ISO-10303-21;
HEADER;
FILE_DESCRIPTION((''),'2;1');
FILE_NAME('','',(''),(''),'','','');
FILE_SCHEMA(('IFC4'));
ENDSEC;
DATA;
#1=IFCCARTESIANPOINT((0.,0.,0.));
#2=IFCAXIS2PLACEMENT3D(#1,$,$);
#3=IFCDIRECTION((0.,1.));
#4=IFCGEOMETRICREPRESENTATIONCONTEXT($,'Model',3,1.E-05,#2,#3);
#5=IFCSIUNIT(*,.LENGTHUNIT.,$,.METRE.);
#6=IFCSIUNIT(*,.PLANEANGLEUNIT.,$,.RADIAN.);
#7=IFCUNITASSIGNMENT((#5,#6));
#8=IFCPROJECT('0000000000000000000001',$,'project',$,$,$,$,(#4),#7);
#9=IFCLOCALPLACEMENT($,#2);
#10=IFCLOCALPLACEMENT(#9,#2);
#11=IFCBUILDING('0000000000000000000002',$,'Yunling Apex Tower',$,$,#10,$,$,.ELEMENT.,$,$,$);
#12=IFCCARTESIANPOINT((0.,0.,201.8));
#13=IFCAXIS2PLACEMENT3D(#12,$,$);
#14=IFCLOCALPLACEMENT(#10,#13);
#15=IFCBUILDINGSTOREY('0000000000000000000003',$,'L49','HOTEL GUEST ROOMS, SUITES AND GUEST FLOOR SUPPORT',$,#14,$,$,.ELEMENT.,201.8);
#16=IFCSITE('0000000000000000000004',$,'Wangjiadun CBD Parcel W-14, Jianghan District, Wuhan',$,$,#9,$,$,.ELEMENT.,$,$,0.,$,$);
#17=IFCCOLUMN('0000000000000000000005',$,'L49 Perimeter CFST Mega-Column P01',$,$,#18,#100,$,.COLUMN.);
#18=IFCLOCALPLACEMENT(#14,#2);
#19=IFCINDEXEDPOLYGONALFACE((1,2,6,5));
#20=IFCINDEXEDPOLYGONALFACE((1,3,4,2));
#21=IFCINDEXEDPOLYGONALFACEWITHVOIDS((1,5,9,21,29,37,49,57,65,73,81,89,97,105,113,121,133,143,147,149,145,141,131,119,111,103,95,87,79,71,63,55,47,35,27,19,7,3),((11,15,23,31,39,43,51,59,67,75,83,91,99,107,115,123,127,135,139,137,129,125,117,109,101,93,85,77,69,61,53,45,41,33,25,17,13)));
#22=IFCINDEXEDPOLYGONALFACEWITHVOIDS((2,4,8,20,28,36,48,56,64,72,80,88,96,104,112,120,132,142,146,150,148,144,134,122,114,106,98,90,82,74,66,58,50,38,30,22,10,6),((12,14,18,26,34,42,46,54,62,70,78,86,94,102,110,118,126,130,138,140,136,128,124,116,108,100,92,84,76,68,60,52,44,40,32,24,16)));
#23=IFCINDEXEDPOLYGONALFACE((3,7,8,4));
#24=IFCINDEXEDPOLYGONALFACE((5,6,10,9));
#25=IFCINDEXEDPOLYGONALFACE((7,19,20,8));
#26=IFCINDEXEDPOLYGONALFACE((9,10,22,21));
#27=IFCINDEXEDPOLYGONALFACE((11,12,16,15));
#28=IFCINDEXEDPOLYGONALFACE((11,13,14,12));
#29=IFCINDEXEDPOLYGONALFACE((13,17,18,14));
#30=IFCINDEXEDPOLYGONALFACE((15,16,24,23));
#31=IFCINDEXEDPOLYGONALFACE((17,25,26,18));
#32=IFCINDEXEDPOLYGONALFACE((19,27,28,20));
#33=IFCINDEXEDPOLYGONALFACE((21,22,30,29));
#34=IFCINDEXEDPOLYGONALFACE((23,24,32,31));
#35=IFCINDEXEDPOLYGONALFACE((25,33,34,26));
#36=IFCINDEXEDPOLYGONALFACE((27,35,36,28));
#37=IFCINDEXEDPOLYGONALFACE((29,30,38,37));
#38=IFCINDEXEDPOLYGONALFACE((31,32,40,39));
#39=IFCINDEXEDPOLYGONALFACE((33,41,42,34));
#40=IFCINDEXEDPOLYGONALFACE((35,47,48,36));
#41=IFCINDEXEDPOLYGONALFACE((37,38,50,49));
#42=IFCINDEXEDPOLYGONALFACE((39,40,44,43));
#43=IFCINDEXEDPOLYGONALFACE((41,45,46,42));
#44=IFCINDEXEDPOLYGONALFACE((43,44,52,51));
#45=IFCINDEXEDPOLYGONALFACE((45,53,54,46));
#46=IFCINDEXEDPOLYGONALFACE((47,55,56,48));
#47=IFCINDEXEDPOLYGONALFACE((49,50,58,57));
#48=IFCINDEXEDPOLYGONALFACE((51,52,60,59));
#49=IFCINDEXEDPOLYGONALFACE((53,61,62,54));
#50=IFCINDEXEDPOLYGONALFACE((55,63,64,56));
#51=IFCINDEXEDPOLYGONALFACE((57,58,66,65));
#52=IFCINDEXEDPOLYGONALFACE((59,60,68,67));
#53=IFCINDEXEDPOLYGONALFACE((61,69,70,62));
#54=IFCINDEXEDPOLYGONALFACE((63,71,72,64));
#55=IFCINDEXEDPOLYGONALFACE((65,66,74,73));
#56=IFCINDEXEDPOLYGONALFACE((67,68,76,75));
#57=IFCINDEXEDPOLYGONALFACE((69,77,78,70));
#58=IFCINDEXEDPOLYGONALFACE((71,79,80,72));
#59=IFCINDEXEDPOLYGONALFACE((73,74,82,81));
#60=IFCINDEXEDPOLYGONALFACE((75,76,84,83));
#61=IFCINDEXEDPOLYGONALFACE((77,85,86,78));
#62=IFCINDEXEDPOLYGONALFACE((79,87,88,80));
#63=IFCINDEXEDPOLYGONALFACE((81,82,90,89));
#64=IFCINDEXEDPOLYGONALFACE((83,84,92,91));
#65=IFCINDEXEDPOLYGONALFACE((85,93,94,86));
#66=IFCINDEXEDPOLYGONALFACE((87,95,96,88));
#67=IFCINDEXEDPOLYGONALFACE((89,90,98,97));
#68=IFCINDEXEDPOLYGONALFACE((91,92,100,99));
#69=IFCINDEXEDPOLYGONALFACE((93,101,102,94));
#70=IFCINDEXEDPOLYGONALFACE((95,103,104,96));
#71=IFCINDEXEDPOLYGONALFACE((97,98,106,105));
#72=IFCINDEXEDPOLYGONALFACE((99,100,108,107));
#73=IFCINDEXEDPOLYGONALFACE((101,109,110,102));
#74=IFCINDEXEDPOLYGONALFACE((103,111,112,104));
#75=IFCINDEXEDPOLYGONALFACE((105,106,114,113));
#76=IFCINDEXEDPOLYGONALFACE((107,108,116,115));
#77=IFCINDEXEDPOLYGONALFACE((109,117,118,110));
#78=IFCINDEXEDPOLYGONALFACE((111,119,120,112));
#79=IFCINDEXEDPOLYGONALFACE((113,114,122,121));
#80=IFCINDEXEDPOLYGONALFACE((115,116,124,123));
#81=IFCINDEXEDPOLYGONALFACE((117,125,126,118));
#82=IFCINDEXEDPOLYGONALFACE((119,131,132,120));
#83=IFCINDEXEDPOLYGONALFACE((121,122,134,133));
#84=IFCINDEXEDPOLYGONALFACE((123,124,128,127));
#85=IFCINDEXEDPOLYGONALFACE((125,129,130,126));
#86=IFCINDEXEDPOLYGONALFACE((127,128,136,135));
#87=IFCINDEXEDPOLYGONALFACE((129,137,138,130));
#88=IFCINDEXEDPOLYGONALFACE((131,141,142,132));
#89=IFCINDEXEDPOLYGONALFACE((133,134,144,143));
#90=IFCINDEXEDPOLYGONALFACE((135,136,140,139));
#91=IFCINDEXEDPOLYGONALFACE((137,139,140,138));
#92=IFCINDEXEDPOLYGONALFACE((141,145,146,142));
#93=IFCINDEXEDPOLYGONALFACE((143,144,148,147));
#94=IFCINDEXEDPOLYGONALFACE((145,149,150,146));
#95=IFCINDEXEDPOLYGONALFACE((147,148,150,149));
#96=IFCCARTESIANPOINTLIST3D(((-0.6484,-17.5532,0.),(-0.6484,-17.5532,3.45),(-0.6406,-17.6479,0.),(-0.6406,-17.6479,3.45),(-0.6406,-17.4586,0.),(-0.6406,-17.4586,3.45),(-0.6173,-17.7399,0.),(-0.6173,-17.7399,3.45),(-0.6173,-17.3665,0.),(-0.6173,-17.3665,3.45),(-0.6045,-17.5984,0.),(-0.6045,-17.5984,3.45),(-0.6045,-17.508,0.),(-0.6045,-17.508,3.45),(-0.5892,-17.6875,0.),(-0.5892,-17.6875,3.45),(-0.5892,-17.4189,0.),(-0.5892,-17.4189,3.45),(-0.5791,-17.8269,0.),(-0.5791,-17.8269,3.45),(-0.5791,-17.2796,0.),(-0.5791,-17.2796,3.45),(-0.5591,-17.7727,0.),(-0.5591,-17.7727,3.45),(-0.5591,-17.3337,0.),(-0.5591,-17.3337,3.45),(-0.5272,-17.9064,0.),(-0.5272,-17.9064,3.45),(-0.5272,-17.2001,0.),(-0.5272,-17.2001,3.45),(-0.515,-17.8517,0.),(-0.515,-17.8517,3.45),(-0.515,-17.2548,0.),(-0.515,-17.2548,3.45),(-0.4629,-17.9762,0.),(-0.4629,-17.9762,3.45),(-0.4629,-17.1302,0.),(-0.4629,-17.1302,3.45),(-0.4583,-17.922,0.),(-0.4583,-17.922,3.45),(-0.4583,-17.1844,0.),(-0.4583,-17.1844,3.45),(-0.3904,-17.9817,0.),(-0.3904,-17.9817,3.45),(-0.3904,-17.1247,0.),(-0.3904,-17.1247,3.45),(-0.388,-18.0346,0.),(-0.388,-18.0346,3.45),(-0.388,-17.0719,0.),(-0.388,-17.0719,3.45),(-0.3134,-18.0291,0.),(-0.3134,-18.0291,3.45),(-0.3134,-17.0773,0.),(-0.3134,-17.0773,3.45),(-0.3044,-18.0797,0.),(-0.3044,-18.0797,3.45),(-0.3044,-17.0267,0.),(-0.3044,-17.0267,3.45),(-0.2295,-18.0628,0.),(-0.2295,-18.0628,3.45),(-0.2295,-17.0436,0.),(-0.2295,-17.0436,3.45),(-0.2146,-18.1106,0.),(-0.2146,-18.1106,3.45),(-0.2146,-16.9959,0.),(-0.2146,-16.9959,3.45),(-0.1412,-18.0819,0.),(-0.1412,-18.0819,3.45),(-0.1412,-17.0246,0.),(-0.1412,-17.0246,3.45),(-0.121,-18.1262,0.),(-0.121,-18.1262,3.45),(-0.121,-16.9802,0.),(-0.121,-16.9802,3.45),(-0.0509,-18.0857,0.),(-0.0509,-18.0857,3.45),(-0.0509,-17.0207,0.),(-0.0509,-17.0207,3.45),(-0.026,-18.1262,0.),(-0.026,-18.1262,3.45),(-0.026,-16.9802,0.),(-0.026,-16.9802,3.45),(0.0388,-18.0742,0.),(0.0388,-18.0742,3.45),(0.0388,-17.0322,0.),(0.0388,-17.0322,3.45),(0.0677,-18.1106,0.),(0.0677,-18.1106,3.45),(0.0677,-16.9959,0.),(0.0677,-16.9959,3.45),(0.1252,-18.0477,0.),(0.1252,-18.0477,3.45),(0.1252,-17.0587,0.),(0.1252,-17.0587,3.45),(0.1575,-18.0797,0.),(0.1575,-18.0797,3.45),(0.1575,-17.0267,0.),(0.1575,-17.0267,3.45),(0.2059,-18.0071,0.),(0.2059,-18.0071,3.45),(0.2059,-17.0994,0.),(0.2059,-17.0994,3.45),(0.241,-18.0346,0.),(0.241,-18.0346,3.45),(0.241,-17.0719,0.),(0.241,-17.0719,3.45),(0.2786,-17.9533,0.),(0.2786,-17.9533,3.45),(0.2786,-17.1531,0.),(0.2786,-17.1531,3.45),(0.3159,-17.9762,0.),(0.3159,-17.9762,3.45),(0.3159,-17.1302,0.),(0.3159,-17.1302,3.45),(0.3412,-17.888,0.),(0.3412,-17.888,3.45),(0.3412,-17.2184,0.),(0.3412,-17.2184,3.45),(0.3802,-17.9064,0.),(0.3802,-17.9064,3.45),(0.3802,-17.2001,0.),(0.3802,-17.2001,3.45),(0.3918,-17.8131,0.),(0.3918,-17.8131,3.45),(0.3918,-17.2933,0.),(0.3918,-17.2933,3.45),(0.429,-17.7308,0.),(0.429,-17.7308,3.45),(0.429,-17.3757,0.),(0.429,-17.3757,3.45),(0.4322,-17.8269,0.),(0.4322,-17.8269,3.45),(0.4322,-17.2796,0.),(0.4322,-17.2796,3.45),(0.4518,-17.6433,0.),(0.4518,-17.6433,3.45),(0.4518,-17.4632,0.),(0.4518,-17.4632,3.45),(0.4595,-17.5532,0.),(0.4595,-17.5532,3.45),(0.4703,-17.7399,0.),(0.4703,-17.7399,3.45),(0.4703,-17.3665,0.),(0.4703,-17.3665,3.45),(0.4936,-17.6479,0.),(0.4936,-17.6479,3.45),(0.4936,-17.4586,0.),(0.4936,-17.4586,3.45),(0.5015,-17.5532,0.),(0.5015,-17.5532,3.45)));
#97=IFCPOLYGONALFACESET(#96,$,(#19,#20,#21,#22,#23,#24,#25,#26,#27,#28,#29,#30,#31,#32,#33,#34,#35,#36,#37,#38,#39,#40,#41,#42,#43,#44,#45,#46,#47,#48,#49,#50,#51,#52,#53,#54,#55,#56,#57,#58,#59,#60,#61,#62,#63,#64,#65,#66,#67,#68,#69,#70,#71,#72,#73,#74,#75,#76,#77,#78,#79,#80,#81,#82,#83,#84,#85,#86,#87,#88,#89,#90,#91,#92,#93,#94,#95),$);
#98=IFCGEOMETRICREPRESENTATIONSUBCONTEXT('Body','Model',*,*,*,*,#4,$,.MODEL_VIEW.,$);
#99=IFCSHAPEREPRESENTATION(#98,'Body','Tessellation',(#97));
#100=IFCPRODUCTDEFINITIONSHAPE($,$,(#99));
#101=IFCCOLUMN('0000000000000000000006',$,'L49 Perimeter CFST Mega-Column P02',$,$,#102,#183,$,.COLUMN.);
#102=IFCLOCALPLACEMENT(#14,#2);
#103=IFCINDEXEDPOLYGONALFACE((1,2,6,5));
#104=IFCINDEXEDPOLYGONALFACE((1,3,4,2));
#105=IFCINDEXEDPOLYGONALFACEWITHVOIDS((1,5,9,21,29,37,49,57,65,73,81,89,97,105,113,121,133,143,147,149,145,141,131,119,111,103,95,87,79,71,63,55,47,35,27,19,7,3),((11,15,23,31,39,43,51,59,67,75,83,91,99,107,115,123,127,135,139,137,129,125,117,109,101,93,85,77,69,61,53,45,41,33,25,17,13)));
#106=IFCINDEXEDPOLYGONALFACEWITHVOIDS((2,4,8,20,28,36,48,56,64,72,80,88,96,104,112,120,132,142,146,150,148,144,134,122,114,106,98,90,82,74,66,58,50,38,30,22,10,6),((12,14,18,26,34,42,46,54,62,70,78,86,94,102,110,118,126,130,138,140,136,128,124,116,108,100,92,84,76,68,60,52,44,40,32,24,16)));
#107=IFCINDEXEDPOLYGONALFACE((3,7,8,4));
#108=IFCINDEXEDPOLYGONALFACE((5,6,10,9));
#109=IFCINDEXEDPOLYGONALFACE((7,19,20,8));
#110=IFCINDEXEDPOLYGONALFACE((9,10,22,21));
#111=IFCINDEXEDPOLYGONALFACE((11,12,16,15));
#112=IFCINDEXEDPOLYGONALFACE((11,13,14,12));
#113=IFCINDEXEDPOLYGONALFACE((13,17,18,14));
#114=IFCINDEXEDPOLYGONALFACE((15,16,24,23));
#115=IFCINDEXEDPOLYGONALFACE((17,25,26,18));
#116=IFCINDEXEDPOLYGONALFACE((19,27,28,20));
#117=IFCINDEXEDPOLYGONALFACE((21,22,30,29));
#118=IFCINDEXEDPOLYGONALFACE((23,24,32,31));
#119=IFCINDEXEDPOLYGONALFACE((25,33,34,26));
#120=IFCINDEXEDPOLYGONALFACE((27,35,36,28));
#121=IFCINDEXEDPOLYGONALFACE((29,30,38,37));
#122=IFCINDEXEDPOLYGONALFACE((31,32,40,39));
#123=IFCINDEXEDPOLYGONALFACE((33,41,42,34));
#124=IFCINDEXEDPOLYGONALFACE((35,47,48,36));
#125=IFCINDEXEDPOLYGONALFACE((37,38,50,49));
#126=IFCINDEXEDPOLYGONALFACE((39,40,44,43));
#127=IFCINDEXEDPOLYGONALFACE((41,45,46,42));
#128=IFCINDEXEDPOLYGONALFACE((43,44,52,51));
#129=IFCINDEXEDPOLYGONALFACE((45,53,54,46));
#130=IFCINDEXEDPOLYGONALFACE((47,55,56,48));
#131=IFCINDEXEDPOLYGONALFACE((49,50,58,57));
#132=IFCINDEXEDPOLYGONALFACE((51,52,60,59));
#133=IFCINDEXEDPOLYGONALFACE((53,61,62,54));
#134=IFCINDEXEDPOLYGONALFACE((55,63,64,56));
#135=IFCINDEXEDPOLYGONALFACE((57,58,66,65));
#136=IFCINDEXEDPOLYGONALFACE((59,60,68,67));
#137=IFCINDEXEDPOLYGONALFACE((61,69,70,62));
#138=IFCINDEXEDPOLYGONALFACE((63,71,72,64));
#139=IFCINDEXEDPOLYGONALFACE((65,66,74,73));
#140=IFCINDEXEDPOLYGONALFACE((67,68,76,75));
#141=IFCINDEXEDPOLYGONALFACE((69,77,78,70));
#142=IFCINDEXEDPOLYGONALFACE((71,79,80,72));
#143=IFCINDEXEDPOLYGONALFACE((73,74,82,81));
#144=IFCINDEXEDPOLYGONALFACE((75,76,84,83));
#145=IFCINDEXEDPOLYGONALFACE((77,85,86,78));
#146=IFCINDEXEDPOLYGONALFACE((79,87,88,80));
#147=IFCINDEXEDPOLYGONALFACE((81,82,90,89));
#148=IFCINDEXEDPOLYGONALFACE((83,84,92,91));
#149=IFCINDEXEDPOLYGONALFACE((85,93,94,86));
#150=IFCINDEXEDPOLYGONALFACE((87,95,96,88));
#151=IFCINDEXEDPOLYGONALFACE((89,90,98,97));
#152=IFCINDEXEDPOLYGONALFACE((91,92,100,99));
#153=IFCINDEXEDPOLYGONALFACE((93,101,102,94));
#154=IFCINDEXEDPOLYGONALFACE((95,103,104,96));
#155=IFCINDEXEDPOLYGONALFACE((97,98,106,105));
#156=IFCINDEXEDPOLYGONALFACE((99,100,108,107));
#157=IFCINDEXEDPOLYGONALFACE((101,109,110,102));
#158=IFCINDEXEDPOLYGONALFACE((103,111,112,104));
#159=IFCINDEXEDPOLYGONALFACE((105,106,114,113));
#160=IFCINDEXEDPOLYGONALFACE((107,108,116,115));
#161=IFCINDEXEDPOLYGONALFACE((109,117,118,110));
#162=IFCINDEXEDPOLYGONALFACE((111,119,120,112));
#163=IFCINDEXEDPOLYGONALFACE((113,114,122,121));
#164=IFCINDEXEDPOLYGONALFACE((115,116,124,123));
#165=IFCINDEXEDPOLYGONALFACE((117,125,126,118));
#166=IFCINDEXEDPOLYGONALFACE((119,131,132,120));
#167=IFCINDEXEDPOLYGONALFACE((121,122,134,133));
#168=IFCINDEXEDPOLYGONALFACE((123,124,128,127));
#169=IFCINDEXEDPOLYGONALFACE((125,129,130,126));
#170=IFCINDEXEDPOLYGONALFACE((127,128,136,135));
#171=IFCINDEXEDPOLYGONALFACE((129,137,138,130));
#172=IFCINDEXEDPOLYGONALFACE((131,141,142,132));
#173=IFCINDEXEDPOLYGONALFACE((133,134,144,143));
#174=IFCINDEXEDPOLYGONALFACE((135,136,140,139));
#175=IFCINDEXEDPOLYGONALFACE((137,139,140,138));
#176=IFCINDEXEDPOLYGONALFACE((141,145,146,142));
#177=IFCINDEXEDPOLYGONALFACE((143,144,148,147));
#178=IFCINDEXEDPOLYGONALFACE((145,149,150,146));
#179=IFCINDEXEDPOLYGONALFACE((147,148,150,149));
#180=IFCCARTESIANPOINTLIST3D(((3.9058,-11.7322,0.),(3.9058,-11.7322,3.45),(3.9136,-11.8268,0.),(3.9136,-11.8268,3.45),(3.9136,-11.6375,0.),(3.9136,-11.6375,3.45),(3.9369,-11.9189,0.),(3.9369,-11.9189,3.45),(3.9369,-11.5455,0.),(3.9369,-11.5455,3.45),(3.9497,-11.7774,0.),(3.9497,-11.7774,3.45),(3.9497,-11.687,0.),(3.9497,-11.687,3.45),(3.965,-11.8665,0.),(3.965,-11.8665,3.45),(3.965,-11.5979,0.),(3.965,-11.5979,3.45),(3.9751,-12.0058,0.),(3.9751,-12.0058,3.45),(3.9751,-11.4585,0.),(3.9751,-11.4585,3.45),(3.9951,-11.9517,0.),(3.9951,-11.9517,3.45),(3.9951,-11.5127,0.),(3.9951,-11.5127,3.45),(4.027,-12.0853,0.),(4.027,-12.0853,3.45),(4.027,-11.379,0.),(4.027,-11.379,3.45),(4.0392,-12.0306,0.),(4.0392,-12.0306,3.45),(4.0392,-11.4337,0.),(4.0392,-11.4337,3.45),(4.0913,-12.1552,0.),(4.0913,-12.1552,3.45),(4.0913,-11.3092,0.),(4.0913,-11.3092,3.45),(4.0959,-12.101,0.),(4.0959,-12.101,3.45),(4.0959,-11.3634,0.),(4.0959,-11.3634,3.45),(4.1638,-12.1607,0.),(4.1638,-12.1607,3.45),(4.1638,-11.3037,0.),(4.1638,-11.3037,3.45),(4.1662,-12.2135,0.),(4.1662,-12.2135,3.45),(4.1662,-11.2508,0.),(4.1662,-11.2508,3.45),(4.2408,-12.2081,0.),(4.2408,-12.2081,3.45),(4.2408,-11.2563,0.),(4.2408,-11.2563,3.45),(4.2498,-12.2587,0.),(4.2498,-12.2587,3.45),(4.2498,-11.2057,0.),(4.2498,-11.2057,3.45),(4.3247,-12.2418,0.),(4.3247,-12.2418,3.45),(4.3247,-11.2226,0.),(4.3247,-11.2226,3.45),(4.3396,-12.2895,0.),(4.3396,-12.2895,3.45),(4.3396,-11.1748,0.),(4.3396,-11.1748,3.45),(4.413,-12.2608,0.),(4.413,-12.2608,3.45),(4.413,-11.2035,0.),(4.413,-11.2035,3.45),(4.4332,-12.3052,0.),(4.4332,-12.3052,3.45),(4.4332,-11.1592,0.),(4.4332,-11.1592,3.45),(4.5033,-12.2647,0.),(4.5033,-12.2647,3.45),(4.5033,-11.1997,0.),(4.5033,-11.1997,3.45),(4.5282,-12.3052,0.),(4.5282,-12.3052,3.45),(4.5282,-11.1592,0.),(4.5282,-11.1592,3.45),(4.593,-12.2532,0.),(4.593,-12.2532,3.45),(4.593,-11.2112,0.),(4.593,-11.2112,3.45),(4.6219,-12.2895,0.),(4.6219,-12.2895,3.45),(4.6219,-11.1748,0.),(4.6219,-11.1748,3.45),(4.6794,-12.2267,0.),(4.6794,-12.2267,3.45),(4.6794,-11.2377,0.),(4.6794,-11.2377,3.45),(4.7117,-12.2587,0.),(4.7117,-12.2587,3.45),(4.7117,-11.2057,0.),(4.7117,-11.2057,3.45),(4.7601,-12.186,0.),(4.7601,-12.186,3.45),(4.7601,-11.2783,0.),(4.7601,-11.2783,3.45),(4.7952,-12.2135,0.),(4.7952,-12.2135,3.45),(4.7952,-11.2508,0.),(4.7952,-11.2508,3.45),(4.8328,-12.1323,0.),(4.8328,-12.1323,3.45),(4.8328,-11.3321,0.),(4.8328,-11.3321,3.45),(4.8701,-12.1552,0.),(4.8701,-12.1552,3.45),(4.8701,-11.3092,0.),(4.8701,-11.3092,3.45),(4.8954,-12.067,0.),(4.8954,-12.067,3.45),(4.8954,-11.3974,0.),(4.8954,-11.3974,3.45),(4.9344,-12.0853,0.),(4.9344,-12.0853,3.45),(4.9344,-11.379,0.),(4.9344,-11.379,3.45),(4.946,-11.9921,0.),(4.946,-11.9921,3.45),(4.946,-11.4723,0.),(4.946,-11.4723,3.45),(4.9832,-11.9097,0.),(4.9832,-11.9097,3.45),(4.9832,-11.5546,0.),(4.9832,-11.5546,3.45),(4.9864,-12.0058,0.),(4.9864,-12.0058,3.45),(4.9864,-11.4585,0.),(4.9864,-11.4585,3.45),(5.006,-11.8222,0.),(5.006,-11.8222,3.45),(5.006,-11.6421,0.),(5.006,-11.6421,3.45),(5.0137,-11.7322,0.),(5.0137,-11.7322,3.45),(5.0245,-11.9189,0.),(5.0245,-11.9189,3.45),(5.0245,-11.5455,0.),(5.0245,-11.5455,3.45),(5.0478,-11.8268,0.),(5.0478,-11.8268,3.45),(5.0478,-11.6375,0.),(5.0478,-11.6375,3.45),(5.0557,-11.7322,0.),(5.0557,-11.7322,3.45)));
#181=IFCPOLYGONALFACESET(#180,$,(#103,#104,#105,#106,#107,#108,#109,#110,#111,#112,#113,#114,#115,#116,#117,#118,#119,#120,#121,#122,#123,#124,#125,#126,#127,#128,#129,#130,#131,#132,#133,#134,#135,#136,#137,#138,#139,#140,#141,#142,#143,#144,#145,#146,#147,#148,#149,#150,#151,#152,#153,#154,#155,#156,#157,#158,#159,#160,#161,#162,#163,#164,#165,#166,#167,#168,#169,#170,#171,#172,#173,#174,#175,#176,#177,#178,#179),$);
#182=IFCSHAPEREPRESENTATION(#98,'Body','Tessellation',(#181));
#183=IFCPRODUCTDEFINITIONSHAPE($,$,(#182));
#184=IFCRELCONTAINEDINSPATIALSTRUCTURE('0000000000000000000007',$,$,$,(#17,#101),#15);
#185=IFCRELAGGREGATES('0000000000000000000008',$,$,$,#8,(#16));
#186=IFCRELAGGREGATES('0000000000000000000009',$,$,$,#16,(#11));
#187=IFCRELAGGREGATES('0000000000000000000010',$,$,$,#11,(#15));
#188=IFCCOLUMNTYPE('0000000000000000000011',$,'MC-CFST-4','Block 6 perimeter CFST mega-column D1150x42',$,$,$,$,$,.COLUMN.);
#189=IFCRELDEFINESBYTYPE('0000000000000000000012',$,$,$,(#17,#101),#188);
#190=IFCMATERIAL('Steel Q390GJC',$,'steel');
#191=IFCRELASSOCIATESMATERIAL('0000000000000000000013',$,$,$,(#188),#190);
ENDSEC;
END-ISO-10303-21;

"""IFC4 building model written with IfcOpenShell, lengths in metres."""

from ifc_helpers import new_model, si_unit, direction, frame, origin, origin_2d, place, context, subcontext, project, spatial, hollow_circle, extrude, source, transform, mapped, material, material_profile, profile_set, type_object, element, save


model = new_model("IFC4")

# Units and contexts
model_context = context("Model", 3, precision=1e-05, world=origin(), true_north=direction((0.0, 1.0)))
body_context = subcontext(model_context, "Body", "Model", "MODEL_VIEW")
ifc_project = project(units=[si_unit("LENGTHUNIT", "METRE"), si_unit("PLANEANGLEUNIT", "RADIAN")], contexts=[model_context])

# Site, building, storey
site_placement = place(None, origin())
site = spatial("IfcSite", under=ifc_project, at=site_placement, Name="Wangjiadun CBD Parcel W-14, Jianghan District, Wuhan", CompositionType="ELEMENT", RefElevation=0.0)
building_placement = place(site_placement, origin())
building = spatial("IfcBuilding", under=site, at=building_placement, Name="Yunling Apex Tower", CompositionType="ELEMENT")
storey_placement = place(building_placement, frame((0.0, 0.0, 201.8)))
storey = spatial("IfcBuildingStorey", under=building, at=storey_placement, Name="L49", Description="HOTEL GUEST ROOMS, SUITES AND GUEST FLOOR SUPPORT", CompositionType="ELEMENT", Elevation=201.8)

# Columns
ifc_material_1 = material(Name="Steel Q390GJC", Category="steel")
ifc_material_profile_1 = material_profile(ifc_material_1, hollow_circle(Radius=0.575, WallThickness=0.042, at=origin_2d()))
ifc_profile_set_1 = profile_set([ifc_material_profile_1], Name="Steel Q390GJC")
column_type = type_object("IfcColumnType", Name="MC-CFST-4", Description="Block 6 perimeter CFST mega-column D1150x42", PredefinedType="COLUMN", material=ifc_profile_set_1)
shared_shape_1 = source(origin(), body_context, "Body", "SweptSolid", [
    extrude(hollow_circle(Radius=0.575, WallThickness=0.042, at=origin_2d()), origin(), (0.0, 0.0, 1.0), 3.45),
])
for number, where, z_axis, x_axis, name in (
    (1, (-0.0735, -17.5532, 0.0), (0.0, 0.0, 1.0), (1.0, 0.0, 0.0), "L49 Perimeter CFST Mega-Column P01"),
    (2, (4.4807, -11.7322, 0.0), (0.0, 0.0, 1.0), (1.0, 0.0, 0.0), "L49 Perimeter CFST Mega-Column P02"),
):
    element("IfcColumn", number, at=place(storey_placement, frame(where, z_axis=z_axis, x_axis=x_axis)), inside=storey, type_object=column_type, Name=name, PredefinedType="COLUMN", context=body_context, shape_type="MappedRepresentation", body=[
        mapped(shared_shape_1, transform((0.0, 0.0, 0.0), scale=1.0)),
    ])

save(model, "model.ifc")
